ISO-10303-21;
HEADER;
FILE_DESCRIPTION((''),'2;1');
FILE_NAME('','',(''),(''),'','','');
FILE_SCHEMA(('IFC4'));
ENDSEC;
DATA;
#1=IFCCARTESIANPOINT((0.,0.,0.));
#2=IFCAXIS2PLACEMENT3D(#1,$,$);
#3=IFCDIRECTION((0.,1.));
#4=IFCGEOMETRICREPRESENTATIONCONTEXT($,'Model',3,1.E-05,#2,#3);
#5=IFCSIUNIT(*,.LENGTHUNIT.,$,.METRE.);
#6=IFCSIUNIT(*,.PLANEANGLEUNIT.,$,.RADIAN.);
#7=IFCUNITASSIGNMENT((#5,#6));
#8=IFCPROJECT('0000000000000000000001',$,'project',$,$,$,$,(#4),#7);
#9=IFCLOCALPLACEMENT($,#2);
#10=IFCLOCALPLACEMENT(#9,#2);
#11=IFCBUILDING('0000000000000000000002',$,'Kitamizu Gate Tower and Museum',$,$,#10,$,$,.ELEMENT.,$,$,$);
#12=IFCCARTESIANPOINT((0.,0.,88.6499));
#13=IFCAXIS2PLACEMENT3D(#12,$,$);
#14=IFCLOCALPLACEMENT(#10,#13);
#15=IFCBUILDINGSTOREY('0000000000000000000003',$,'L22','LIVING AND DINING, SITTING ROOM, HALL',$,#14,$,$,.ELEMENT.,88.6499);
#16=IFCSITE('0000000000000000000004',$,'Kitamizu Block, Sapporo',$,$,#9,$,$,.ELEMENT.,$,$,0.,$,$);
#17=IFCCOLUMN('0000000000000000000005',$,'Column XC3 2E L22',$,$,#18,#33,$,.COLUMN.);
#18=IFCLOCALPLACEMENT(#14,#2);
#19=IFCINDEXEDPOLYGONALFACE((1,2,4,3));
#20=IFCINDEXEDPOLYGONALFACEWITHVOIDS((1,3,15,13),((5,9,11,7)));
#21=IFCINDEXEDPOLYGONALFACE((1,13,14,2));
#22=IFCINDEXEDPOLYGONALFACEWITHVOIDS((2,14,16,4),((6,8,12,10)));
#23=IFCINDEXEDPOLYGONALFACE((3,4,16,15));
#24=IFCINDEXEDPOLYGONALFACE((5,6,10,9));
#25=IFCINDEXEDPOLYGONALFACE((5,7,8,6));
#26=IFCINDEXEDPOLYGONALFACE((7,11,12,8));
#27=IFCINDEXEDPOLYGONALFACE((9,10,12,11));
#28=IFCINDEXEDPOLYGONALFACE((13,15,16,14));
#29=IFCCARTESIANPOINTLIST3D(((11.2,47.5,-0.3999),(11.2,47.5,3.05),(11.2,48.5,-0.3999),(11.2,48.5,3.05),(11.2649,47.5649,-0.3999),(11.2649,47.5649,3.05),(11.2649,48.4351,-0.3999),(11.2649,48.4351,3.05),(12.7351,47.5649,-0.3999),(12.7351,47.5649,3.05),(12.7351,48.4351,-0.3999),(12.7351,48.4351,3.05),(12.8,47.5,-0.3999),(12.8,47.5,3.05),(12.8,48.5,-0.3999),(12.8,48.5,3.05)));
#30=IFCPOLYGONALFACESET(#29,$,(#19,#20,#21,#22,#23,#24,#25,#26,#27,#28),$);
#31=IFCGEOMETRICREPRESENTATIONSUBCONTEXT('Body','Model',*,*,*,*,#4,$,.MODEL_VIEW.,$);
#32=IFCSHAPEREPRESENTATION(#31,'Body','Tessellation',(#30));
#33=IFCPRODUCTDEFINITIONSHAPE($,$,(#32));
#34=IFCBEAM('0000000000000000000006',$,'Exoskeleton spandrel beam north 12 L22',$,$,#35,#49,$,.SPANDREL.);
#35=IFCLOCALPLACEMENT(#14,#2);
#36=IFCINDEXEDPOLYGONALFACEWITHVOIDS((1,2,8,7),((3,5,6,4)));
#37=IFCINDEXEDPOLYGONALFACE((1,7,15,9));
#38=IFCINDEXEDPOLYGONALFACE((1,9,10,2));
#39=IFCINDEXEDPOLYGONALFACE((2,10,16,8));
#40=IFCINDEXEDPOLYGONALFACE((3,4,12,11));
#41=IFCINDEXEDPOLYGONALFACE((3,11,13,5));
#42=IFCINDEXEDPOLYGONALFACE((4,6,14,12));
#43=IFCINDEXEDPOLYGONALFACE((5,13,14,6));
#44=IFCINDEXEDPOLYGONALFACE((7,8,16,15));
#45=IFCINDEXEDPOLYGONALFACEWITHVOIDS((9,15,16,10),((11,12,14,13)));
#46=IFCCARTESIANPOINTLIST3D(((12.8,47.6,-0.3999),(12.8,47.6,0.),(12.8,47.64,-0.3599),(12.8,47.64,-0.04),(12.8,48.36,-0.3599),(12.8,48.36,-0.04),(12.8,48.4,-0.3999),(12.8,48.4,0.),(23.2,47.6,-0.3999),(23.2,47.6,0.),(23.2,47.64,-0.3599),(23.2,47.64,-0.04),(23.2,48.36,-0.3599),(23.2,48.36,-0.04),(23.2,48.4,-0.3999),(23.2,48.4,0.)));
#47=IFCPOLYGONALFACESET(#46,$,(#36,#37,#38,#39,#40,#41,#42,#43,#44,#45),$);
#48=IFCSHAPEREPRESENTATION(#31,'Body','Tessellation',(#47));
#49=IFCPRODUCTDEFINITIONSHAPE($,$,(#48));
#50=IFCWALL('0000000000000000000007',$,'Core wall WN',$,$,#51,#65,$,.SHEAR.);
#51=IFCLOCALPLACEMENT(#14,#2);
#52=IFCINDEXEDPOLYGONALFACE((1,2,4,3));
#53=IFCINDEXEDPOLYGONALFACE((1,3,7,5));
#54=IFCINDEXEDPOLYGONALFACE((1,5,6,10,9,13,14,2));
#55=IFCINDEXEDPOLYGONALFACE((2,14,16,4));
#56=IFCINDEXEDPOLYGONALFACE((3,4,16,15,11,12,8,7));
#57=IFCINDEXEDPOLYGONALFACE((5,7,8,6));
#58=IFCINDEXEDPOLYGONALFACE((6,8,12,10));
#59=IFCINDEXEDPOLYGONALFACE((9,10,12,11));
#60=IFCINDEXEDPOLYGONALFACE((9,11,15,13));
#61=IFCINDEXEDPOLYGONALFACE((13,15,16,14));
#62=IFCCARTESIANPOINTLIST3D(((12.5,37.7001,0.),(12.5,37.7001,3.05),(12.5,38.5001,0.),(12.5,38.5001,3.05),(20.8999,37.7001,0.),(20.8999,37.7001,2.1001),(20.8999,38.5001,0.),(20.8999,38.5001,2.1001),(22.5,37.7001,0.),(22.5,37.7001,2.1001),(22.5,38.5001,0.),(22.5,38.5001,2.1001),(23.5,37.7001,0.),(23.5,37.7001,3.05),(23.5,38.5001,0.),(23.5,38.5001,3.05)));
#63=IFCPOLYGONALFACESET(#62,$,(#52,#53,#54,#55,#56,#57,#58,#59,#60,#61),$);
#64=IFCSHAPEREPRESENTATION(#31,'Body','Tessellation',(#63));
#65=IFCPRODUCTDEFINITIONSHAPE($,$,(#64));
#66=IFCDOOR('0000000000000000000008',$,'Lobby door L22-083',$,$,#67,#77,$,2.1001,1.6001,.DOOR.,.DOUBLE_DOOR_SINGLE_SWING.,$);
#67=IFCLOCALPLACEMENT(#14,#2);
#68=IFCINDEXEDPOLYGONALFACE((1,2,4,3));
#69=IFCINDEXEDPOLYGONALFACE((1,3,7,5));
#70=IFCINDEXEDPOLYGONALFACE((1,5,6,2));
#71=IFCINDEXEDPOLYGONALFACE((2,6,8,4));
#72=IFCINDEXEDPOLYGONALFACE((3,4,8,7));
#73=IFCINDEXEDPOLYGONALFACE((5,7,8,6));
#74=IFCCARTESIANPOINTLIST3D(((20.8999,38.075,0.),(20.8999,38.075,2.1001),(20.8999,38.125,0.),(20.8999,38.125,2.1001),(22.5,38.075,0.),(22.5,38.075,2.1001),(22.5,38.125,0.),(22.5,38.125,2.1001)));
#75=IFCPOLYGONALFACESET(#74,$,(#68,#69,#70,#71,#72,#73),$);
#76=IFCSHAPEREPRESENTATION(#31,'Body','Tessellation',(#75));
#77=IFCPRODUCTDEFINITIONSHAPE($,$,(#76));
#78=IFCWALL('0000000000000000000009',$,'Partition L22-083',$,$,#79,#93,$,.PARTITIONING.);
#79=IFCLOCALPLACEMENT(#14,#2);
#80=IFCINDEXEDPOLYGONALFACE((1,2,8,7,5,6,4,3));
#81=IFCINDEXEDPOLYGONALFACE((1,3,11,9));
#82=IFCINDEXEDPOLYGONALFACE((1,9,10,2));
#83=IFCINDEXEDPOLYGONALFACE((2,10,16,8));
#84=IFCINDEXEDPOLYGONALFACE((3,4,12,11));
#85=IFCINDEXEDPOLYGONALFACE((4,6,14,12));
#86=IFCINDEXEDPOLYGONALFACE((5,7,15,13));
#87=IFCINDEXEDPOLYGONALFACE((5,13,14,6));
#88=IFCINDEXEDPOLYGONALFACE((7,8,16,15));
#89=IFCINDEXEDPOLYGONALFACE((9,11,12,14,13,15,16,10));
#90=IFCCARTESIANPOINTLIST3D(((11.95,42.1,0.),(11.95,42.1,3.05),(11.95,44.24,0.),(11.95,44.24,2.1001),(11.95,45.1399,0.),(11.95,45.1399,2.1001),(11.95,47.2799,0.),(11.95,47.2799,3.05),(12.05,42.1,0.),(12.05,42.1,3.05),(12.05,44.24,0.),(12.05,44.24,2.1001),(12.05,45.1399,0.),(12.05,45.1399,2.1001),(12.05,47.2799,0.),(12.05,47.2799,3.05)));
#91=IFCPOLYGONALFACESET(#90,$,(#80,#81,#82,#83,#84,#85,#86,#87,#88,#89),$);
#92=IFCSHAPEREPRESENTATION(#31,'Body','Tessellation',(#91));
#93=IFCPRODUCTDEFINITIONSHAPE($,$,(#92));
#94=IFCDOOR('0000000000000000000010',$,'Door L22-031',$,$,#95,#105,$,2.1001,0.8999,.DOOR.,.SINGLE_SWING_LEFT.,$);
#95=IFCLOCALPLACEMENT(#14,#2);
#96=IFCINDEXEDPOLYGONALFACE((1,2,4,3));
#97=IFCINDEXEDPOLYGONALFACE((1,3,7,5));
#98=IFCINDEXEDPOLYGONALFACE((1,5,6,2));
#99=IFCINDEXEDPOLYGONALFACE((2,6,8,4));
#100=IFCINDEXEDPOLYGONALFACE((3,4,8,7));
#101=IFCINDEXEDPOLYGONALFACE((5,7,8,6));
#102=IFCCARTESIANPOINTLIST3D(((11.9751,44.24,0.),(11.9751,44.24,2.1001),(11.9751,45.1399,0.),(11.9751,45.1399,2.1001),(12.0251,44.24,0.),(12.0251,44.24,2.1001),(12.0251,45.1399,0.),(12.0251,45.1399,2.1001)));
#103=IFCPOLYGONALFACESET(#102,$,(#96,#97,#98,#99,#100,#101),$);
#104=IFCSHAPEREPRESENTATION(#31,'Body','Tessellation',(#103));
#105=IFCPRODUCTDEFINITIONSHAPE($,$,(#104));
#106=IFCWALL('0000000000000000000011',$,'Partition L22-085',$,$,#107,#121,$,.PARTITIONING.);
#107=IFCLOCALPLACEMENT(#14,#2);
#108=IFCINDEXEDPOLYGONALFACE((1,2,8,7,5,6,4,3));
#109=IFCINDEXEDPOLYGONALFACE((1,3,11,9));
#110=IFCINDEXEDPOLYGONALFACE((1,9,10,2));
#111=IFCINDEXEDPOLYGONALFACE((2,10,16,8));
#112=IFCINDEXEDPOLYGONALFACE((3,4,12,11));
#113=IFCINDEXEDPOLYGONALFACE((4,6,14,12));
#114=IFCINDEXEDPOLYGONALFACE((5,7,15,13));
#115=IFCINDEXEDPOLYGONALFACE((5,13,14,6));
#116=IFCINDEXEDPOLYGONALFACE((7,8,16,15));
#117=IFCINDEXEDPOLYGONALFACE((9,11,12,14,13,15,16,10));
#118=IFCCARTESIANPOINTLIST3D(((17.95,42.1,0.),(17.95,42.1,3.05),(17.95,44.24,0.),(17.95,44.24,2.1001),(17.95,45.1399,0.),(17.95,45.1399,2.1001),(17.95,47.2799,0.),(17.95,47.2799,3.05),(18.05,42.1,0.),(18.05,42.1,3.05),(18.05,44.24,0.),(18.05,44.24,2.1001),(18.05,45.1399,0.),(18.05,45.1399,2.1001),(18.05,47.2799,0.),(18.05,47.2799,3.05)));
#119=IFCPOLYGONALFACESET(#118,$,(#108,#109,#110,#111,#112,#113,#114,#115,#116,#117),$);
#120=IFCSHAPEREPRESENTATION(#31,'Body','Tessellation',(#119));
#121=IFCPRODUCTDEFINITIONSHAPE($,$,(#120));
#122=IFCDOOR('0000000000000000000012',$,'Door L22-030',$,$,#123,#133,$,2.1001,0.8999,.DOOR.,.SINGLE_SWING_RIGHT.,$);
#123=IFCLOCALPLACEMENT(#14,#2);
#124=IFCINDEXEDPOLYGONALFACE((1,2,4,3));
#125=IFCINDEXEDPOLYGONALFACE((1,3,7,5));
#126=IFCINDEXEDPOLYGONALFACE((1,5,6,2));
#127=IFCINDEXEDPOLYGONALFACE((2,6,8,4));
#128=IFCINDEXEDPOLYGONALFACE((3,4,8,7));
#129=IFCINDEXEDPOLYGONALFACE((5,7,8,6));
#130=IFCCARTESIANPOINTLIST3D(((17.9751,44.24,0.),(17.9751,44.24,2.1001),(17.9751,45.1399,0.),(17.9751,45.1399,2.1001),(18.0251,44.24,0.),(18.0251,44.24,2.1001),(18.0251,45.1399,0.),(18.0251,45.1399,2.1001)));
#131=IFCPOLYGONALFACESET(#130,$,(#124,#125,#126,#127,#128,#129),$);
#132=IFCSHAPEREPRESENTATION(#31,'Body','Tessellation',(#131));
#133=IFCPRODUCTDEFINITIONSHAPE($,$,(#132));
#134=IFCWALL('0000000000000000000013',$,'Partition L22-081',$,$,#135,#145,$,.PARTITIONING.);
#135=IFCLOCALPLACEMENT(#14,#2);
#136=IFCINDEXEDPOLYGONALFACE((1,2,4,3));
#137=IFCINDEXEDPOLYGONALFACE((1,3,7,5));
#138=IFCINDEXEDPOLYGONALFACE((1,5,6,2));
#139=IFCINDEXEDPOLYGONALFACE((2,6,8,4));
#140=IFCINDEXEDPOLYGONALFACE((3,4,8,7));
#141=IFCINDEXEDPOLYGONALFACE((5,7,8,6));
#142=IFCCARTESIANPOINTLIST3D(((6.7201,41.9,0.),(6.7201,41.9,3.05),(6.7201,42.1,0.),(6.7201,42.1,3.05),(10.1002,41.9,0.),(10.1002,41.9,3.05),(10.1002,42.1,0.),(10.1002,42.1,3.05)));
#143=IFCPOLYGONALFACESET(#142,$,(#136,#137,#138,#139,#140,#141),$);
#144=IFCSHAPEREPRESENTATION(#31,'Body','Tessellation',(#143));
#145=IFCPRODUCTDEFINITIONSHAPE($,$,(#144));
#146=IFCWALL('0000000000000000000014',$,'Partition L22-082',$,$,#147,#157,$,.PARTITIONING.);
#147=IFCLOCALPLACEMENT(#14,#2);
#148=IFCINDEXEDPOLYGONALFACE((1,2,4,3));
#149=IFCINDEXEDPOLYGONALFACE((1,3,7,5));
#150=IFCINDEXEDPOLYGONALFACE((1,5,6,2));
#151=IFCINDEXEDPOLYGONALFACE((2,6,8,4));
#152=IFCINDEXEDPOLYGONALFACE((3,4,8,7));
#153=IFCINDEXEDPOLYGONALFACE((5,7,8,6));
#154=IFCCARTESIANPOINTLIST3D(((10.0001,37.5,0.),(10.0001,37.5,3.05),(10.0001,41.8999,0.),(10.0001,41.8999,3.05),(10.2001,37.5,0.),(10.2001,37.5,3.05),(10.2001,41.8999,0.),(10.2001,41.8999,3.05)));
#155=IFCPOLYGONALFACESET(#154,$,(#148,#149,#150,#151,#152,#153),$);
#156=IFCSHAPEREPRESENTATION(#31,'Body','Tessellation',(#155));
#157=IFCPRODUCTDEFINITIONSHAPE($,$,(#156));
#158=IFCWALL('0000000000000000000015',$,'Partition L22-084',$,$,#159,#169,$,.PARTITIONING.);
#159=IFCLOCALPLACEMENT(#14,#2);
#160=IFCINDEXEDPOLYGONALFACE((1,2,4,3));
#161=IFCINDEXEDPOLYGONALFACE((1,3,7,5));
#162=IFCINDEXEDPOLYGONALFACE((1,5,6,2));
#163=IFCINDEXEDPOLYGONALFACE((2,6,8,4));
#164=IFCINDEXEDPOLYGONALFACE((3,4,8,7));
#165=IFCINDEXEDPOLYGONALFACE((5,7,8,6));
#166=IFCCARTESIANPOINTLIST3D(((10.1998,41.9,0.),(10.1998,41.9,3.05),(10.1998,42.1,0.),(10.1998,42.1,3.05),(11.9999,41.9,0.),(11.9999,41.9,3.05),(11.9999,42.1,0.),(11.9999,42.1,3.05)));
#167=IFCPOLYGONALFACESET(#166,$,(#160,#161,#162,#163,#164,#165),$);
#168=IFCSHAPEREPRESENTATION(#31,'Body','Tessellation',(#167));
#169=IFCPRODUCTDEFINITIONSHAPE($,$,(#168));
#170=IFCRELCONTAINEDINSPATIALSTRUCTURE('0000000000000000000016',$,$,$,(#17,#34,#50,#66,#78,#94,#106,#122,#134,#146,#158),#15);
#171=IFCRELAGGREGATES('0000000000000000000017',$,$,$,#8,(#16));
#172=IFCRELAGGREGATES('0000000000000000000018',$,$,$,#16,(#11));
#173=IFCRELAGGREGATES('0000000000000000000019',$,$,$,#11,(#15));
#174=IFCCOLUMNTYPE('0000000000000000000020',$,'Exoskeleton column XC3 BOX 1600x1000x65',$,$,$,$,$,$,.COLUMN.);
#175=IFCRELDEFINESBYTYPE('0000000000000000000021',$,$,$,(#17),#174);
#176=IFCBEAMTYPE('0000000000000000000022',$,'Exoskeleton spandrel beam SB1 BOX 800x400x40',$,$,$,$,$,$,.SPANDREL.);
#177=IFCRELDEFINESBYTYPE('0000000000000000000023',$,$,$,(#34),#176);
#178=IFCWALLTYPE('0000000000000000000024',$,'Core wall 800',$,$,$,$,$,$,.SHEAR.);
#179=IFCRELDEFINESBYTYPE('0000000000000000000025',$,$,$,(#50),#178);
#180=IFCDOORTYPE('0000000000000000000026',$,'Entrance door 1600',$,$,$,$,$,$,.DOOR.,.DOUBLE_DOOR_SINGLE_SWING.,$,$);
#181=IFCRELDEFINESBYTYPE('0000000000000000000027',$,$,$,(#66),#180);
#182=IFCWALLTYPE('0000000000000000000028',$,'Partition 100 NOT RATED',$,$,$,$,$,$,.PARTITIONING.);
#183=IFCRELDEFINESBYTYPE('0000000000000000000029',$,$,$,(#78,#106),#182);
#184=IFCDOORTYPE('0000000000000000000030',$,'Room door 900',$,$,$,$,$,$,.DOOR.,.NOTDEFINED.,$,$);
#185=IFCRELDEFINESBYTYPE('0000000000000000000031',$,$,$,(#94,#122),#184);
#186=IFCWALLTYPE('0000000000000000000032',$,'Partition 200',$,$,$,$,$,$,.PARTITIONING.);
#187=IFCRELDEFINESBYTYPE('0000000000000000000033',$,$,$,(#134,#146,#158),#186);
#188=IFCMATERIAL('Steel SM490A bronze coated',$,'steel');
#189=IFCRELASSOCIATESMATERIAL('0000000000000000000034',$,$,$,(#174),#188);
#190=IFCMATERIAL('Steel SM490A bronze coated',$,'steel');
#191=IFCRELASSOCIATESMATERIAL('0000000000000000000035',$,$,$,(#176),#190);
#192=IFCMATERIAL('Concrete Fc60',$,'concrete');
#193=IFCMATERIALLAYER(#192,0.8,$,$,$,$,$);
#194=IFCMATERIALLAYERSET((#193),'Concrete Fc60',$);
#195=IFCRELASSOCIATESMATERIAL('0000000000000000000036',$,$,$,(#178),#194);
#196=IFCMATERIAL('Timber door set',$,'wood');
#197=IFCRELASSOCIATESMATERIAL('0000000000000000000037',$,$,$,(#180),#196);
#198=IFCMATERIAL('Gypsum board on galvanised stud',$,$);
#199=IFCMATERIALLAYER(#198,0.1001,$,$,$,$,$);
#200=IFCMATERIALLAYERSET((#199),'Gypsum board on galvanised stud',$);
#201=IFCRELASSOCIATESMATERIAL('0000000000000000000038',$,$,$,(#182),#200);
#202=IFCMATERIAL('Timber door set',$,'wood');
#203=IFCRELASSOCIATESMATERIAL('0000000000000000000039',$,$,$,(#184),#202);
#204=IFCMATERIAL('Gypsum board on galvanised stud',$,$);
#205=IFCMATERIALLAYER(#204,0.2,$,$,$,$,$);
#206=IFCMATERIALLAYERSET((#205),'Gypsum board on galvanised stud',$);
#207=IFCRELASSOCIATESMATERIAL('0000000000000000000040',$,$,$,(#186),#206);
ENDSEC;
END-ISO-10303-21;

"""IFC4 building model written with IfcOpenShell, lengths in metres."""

from ifc_helpers import new_model, si_unit, direction, frame, frame_2d, origin, origin_2d, place, context, subcontext, project, spatial, rectangle, hollow_rectangle, extrude, material, layer, layer_set, material_profile, profile_set, type_object, element, fill, save


model = new_model("IFC4")

# Units and contexts
model_context = context("Model", 3, precision=1e-05, world=origin(), true_north=direction((0.0, 1.0)))
body_context = subcontext(model_context, "Body", "Model", "MODEL_VIEW")
ifc_project = project(units=[si_unit("LENGTHUNIT", "METRE"), si_unit("PLANEANGLEUNIT", "RADIAN")], contexts=[model_context])

# Site, building, storey
site_placement = place(None, origin())
site = spatial("IfcSite", under=ifc_project, at=site_placement, Name="Kitamizu Block, Sapporo", CompositionType="ELEMENT", RefElevation=0.0)
building_placement = place(site_placement, origin())
building = spatial("IfcBuilding", under=site, at=building_placement, Name="Kitamizu Gate Tower and Museum", CompositionType="ELEMENT")
storey_placement = place(building_placement, frame((0.0, 0.0, 88.6499)))
storey = spatial("IfcBuildingStorey", under=building, at=storey_placement, Name="L22", Description="LIVING AND DINING, SITTING ROOM, HALL", CompositionType="ELEMENT", Elevation=88.6499)

# Column
ifc_material_1 = material(Name="Steel SM490A bronze coated", Category="steel")
ifc_material_profile_1 = material_profile(ifc_material_1, hollow_rectangle(XDim=1.6001, YDim=1.0, WallThickness=0.0649, at=origin_2d()), Name="BOX 1600x1000x65")
ifc_profile_set_1 = profile_set([ifc_material_profile_1], Name="Steel SM490A bronze coated")
column_type = type_object("IfcColumnType", Name="Exoskeleton column XC3 BOX 1600x1000x65", PredefinedType="COLUMN", material=ifc_profile_set_1)
column_placement = place(storey_placement, frame((12.0, 48.0, -0.3999), z_axis=(0.0, 0.0, 1.0), x_axis=(1.0, 0.0, 0.0)))
element("IfcColumn", 1, at=column_placement, inside=storey, type_object=column_type, Name="Column XC3 2E L22", PredefinedType="COLUMN", context=body_context, shape_type="SweptSolid", body=[
    extrude(hollow_rectangle(XDim=1.6001, YDim=1.0, WallThickness=0.0649, at=origin_2d()), origin(), (0.0, 0.0, 1.0), 3.45),
])

# Beam
ifc_material_2 = material(Name="Steel SM490A bronze coated", Category="steel")
ifc_material_profile_2 = material_profile(ifc_material_2, hollow_rectangle(XDim=0.8, YDim=0.3999, WallThickness=0.04, at=origin_2d()), Name="BOX 800x400x40")
ifc_profile_set_2 = profile_set([ifc_material_profile_2], Name="Steel SM490A bronze coated")
beam_type = type_object("IfcBeamType", Name="Exoskeleton spandrel beam SB1 BOX 800x400x40", PredefinedType="SPANDREL", material=ifc_profile_set_2)
beam_placement = place(storey_placement, frame((12.8, 48.0, -0.2), z_axis=(1.0, 0.0, 0.0), x_axis=(0.0, 1.0, 0.0)))
element("IfcBeam", 2, at=beam_placement, inside=storey, type_object=beam_type, Name="Exoskeleton spandrel beam north 12 L22", PredefinedType="SPANDREL", context=body_context, shape_type="SweptSolid", body=[
    extrude(hollow_rectangle(XDim=0.8, YDim=0.3999, WallThickness=0.04, at=origin_2d()), origin(), (0.0, 0.0, 1.0), 10.3999),
])

# Walls, openings, doors
ifc_material_3 = material(Name="Concrete Fc60", Category="concrete")
ifc_layer_1 = layer(ifc_material_3, 0.8)
ifc_layer_set_1 = layer_set([ifc_layer_1], Name="Concrete Fc60")
wall_type_1 = type_object("IfcWallType", Name="Core wall 800", PredefinedType="SHEAR", material=ifc_layer_set_1)
wall_1_placement = place(storey_placement, frame((12.5, 38.1001, 0.0), z_axis=(0.0, 0.0, 1.0), x_axis=(1.0, 0.0, 0.0)))
wall_1 = element("IfcWall", 3, at=wall_1_placement, inside=storey, type_object=wall_type_1, Name="Core wall WN", PredefinedType="SHEAR", context=body_context, shape_type="SweptSolid", body=[
    extrude(rectangle(XDim=11.0, YDim=0.8, at=frame_2d((5.5, 0.0))), origin(), (0.0, 0.0, 1.0), 3.05),
])
opening_1_placement = place(wall_1_placement, frame((8.3999, 0.0, 0.0)))
opening_1 = element("IfcOpeningElement", 4, at=opening_1_placement, cuts=wall_1, PredefinedType="OPENING", context=body_context, shape_type="SweptSolid", body=[
    extrude(rectangle(XDim=1.6001, YDim=2.1001, at=frame_2d((0.8, 1.05))), frame((0.0, 0.4102, 0.0), z_axis=(0.0, -1.0, 0.0), x_axis=(1.0, 0.0, 0.0)), (0.0, 0.0, 1.0), 0.8201),
])
ifc_material_4 = material(Name="Timber door set", Category="wood")
door_type_1 = type_object("IfcDoorType", Name="Entrance door 1600", OperationType="DOUBLE_DOOR_SINGLE_SWING", PredefinedType="DOOR", material=ifc_material_4)
door_1_placement = place(opening_1_placement, origin())
door_1 = element("IfcDoor", 5, at=door_1_placement, inside=storey, type_object=door_type_1, Name="Lobby door L22-083", OperationType="DOUBLE_DOOR_SINGLE_SWING", OverallHeight=2.1001, OverallWidth=1.6001, PredefinedType="DOOR", context=body_context, shape_type="SweptSolid", body=[
    extrude(rectangle(XDim=1.6001, YDim=2.1001, at=frame_2d((0.8, 1.05))), frame((0.0, 0.0249, 0.0), z_axis=(0.0, -1.0, 0.0), x_axis=(1.0, 0.0, 0.0)), (0.0, 0.0, 1.0), 0.05),
])
fill(opening_1, door_1)
ifc_material_5 = material(Name="Gypsum board on galvanised stud")
ifc_layer_2 = layer(ifc_material_5, 0.1001)
ifc_layer_set_2 = layer_set([ifc_layer_2], Name="Gypsum board on galvanised stud")
wall_type_2 = type_object("IfcWallType", Name="Partition 100 NOT RATED", PredefinedType="PARTITIONING", material=ifc_layer_set_2)
wall_2_placement = place(storey_placement, frame((12.0, 42.1001, 0.0), z_axis=(0.0, 0.0, 1.0), x_axis=(0.0, 1.0, 0.0)))
wall_2 = element("IfcWall", 6, at=wall_2_placement, inside=storey, type_object=wall_type_2, Name="Partition L22-083", PredefinedType="PARTITIONING", context=body_context, shape_type="SweptSolid", body=[
    extrude(rectangle(XDim=5.1799, YDim=0.1001, at=frame_2d((2.5898, 0.0))), origin(), (0.0, 0.0, 1.0), 3.05),
])
opening_2_placement = place(wall_2_placement, frame((2.1399, 0.0, 0.0)))
opening_2 = element("IfcOpeningElement", 7, at=opening_2_placement, cuts=wall_2, PredefinedType="OPENING", context=body_context, shape_type="SweptSolid", body=[
    extrude(rectangle(XDim=0.8999, YDim=2.1001, at=frame_2d((0.45, 1.05))), frame((0.0, 0.0601, 0.0), z_axis=(0.0, -1.0, 0.0), x_axis=(1.0, 0.0, 0.0)), (0.0, 0.0, 1.0), 0.1201),
])
ifc_material_6 = material(Name="Timber door set", Category="wood")
door_type_2 = type_object("IfcDoorType", Name="Room door 900", OperationType="NOTDEFINED", PredefinedType="DOOR", material=ifc_material_6)
door_2_placement = place(opening_2_placement, origin())
door_2 = element("IfcDoor", 8, at=door_2_placement, inside=storey, type_object=door_type_2, Name="Door L22-031", OperationType="SINGLE_SWING_LEFT", OverallHeight=2.1001, OverallWidth=0.8999, PredefinedType="DOOR", context=body_context, shape_type="SweptSolid", body=[
    extrude(rectangle(XDim=0.8999, YDim=2.1001, at=frame_2d((0.45, 1.05))), frame((0.0, 0.0249, 0.0), z_axis=(0.0, -1.0, 0.0), x_axis=(1.0, 0.0, 0.0)), (0.0, 0.0, 1.0), 0.05),
])
fill(opening_2, door_2)
wall_3_placement = place(storey_placement, frame((18.0, 42.1001, 0.0), z_axis=(0.0, 0.0, 1.0), x_axis=(0.0, 1.0, 0.0)))
wall_3 = element("IfcWall", 9, at=wall_3_placement, inside=storey, type_object=wall_type_2, Name="Partition L22-085", PredefinedType="PARTITIONING", context=body_context, shape_type="SweptSolid", body=[
    extrude(rectangle(XDim=5.1799, YDim=0.1001, at=frame_2d((2.5898, 0.0))), origin(), (0.0, 0.0, 1.0), 3.05),
])
opening_3_placement = place(wall_3_placement, frame((2.1399, 0.0, 0.0)))
opening_3 = element("IfcOpeningElement", 10, at=opening_3_placement, cuts=wall_3, PredefinedType="OPENING", context=body_context, shape_type="SweptSolid", body=[
    extrude(rectangle(XDim=0.8999, YDim=2.1001, at=frame_2d((0.45, 1.05))), frame((0.0, 0.0601, 0.0), z_axis=(0.0, -1.0, 0.0), x_axis=(1.0, 0.0, 0.0)), (0.0, 0.0, 1.0), 0.1201),
])
door_3_placement = place(opening_3_placement, origin())
door_3 = element("IfcDoor", 11, at=door_3_placement, inside=storey, type_object=door_type_2, Name="Door L22-030", OperationType="SINGLE_SWING_RIGHT", OverallHeight=2.1001, OverallWidth=0.8999, PredefinedType="DOOR", context=body_context, shape_type="SweptSolid", body=[
    extrude(rectangle(XDim=0.8999, YDim=2.1001, at=frame_2d((0.45, 1.05))), frame((0.0, 0.0249, 0.0), z_axis=(0.0, -1.0, 0.0), x_axis=(1.0, 0.0, 0.0)), (0.0, 0.0, 1.0), 0.05),
])
fill(opening_3, door_3)

# Walls
ifc_material_7 = material(Name="Gypsum board on galvanised stud")
ifc_layer_3 = layer(ifc_material_7, 0.2)
ifc_layer_set_3 = layer_set([ifc_layer_3], Name="Gypsum board on galvanised stud")
wall_type_3 = type_object("IfcWallType", Name="Partition 200", PredefinedType="PARTITIONING", material=ifc_layer_set_3)
wall_4_placement = place(storey_placement, frame((10.1001, 42.0, 0.0), z_axis=(0.0, 0.0, 1.0), x_axis=(-1.0, 0.0, 0.0)))
element("IfcWall", 12, at=wall_4_placement, inside=storey, type_object=wall_type_3, Name="Partition L22-081", PredefinedType="PARTITIONING", context=body_context, shape_type="SweptSolid", body=[
    extrude(rectangle(XDim=3.3801, YDim=0.2, at=frame_2d((1.6899, 0.0))), origin(), (0.0, 0.0, 1.0), 3.05),
])
wall_5_placement = place(storey_placement, frame((10.1001, 37.5, 0.0), z_axis=(0.0, 0.0, 1.0), x_axis=(0.0, 1.0, 0.0)))
element("IfcWall", 13, at=wall_5_placement, inside=storey, type_object=wall_type_3, Name="Partition L22-082", PredefinedType="PARTITIONING", context=body_context, shape_type="SweptSolid", body=[
    extrude(rectangle(XDim=4.3999, YDim=0.2, at=frame_2d((2.2, 0.0))), origin(), (0.0, 0.0, 1.0), 3.05),
])
wall_6_placement = place(storey_placement, frame((10.2, 42.0, 0.0), z_axis=(0.0, 0.0, 1.0), x_axis=(1.0, 0.0, 0.0)))
element("IfcWall", 14, at=wall_6_placement, inside=storey, type_object=wall_type_3, Name="Partition L22-084", PredefinedType="PARTITIONING", context=body_context, shape_type="SweptSolid", body=[
    extrude(rectangle(XDim=1.8, YDim=0.2, at=frame_2d((0.8999, 0.0))), origin(), (0.0, 0.0, 1.0), 3.05),
])

save(model, "model.ifc")
